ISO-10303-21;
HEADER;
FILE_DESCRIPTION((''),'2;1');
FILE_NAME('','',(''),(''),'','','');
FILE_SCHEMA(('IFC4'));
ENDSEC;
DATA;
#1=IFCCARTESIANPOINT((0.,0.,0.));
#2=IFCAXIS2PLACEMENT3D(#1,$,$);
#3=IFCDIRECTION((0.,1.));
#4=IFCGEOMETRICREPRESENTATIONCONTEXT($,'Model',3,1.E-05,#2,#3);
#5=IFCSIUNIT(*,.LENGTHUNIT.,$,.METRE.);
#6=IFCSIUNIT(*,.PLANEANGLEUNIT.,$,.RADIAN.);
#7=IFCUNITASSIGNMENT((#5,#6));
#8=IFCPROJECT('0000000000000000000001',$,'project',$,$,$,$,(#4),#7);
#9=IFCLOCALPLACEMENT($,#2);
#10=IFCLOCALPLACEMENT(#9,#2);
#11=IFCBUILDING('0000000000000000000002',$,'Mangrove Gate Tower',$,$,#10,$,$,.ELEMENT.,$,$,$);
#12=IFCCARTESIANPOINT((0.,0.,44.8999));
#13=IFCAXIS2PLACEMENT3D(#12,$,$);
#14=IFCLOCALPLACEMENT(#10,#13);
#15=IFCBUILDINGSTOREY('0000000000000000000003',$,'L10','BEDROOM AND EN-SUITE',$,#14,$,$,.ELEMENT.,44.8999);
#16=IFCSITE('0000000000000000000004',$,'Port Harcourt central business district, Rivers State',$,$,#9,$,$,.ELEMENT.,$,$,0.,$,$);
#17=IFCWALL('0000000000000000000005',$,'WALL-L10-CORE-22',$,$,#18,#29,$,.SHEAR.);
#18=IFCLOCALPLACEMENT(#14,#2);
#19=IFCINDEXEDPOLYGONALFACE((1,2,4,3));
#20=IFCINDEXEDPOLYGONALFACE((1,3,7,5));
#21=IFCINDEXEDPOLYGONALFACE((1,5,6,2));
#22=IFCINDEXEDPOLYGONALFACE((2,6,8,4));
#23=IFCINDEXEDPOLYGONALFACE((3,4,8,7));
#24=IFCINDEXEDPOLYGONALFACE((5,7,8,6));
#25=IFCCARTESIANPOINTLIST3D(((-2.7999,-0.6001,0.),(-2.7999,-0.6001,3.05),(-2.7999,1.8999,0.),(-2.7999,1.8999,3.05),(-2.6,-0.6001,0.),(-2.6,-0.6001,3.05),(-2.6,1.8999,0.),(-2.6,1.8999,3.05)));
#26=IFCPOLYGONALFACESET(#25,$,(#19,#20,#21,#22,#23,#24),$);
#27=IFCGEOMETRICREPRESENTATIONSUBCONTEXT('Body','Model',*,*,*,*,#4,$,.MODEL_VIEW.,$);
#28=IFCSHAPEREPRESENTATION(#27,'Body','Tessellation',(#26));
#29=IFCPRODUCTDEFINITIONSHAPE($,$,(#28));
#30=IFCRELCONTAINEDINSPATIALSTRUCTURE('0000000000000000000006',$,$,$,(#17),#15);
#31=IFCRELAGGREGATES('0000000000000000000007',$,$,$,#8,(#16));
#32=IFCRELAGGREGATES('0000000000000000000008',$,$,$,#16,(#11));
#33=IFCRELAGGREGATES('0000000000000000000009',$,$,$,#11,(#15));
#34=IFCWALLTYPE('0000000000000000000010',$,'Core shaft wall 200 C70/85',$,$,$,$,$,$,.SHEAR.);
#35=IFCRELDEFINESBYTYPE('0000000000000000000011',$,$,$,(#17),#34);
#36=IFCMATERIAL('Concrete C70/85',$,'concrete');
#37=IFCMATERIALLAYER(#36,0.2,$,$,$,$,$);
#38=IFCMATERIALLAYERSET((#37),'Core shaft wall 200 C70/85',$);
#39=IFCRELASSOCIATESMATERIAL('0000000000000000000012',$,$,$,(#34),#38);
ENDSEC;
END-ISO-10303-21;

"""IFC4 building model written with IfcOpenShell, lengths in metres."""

from ifc_helpers import new_model, si_unit, direction, frame, frame_2d, origin, place, context, subcontext, project, spatial, rectangle, extrude, material, layer, layer_set, type_object, element, save


model = new_model("IFC4")

# Units and contexts
model_context = context("Model", 3, precision=1e-05, world=origin(), true_north=direction((0.0, 1.0)))
body_context = subcontext(model_context, "Body", "Model", "MODEL_VIEW")
ifc_project = project(units=[si_unit("LENGTHUNIT", "METRE"), si_unit("PLANEANGLEUNIT", "RADIAN")], contexts=[model_context])

# Site, building, storey
site_placement = place(None, origin())
site = spatial("IfcSite", under=ifc_project, at=site_placement, Name="Port Harcourt central business district, Rivers State", CompositionType="ELEMENT", RefElevation=0.0)
building_placement = place(site_placement, origin())
building = spatial("IfcBuilding", under=site, at=building_placement, Name="Mangrove Gate Tower", CompositionType="ELEMENT")
storey_placement = place(building_placement, frame((0.0, 0.0, 44.8999)))
storey = spatial("IfcBuildingStorey", under=building, at=storey_placement, Name="L10", Description="BEDROOM AND EN-SUITE", CompositionType="ELEMENT", Elevation=44.8999)

# Shared definitions
ifc_material_1 = material(Name="Concrete C70/85", Category="concrete")
ifc_layer = layer(ifc_material_1, 0.2)
ifc_layer_set = layer_set([ifc_layer], Name="Core shaft wall 200 C70/85")
wall_type = type_object("IfcWallType", Name="Core shaft wall 200 C70/85", PredefinedType="SHEAR", material=ifc_layer_set)

# Wall
for number, where, z_axis, x_axis, name in (
    (1, (-2.7, -0.6001, 0.0), (0.0, 0.0, 1.0), (0.0, 1.0, 0.0), "WALL-L10-CORE-22"),
):
    element("IfcWall", number, at=place(storey_placement, frame(where, z_axis=z_axis, x_axis=x_axis)), inside=storey, type_object=wall_type, Name=name, PredefinedType="SHEAR", context=body_context, shape_type="SweptSolid", body=[
        extrude(rectangle(XDim=2.5, YDim=0.2, at=frame_2d((1.25, 0.0))), origin(), (0.0, 0.0, 1.0), 3.05),
    ])

save(model, "model.ifc")
